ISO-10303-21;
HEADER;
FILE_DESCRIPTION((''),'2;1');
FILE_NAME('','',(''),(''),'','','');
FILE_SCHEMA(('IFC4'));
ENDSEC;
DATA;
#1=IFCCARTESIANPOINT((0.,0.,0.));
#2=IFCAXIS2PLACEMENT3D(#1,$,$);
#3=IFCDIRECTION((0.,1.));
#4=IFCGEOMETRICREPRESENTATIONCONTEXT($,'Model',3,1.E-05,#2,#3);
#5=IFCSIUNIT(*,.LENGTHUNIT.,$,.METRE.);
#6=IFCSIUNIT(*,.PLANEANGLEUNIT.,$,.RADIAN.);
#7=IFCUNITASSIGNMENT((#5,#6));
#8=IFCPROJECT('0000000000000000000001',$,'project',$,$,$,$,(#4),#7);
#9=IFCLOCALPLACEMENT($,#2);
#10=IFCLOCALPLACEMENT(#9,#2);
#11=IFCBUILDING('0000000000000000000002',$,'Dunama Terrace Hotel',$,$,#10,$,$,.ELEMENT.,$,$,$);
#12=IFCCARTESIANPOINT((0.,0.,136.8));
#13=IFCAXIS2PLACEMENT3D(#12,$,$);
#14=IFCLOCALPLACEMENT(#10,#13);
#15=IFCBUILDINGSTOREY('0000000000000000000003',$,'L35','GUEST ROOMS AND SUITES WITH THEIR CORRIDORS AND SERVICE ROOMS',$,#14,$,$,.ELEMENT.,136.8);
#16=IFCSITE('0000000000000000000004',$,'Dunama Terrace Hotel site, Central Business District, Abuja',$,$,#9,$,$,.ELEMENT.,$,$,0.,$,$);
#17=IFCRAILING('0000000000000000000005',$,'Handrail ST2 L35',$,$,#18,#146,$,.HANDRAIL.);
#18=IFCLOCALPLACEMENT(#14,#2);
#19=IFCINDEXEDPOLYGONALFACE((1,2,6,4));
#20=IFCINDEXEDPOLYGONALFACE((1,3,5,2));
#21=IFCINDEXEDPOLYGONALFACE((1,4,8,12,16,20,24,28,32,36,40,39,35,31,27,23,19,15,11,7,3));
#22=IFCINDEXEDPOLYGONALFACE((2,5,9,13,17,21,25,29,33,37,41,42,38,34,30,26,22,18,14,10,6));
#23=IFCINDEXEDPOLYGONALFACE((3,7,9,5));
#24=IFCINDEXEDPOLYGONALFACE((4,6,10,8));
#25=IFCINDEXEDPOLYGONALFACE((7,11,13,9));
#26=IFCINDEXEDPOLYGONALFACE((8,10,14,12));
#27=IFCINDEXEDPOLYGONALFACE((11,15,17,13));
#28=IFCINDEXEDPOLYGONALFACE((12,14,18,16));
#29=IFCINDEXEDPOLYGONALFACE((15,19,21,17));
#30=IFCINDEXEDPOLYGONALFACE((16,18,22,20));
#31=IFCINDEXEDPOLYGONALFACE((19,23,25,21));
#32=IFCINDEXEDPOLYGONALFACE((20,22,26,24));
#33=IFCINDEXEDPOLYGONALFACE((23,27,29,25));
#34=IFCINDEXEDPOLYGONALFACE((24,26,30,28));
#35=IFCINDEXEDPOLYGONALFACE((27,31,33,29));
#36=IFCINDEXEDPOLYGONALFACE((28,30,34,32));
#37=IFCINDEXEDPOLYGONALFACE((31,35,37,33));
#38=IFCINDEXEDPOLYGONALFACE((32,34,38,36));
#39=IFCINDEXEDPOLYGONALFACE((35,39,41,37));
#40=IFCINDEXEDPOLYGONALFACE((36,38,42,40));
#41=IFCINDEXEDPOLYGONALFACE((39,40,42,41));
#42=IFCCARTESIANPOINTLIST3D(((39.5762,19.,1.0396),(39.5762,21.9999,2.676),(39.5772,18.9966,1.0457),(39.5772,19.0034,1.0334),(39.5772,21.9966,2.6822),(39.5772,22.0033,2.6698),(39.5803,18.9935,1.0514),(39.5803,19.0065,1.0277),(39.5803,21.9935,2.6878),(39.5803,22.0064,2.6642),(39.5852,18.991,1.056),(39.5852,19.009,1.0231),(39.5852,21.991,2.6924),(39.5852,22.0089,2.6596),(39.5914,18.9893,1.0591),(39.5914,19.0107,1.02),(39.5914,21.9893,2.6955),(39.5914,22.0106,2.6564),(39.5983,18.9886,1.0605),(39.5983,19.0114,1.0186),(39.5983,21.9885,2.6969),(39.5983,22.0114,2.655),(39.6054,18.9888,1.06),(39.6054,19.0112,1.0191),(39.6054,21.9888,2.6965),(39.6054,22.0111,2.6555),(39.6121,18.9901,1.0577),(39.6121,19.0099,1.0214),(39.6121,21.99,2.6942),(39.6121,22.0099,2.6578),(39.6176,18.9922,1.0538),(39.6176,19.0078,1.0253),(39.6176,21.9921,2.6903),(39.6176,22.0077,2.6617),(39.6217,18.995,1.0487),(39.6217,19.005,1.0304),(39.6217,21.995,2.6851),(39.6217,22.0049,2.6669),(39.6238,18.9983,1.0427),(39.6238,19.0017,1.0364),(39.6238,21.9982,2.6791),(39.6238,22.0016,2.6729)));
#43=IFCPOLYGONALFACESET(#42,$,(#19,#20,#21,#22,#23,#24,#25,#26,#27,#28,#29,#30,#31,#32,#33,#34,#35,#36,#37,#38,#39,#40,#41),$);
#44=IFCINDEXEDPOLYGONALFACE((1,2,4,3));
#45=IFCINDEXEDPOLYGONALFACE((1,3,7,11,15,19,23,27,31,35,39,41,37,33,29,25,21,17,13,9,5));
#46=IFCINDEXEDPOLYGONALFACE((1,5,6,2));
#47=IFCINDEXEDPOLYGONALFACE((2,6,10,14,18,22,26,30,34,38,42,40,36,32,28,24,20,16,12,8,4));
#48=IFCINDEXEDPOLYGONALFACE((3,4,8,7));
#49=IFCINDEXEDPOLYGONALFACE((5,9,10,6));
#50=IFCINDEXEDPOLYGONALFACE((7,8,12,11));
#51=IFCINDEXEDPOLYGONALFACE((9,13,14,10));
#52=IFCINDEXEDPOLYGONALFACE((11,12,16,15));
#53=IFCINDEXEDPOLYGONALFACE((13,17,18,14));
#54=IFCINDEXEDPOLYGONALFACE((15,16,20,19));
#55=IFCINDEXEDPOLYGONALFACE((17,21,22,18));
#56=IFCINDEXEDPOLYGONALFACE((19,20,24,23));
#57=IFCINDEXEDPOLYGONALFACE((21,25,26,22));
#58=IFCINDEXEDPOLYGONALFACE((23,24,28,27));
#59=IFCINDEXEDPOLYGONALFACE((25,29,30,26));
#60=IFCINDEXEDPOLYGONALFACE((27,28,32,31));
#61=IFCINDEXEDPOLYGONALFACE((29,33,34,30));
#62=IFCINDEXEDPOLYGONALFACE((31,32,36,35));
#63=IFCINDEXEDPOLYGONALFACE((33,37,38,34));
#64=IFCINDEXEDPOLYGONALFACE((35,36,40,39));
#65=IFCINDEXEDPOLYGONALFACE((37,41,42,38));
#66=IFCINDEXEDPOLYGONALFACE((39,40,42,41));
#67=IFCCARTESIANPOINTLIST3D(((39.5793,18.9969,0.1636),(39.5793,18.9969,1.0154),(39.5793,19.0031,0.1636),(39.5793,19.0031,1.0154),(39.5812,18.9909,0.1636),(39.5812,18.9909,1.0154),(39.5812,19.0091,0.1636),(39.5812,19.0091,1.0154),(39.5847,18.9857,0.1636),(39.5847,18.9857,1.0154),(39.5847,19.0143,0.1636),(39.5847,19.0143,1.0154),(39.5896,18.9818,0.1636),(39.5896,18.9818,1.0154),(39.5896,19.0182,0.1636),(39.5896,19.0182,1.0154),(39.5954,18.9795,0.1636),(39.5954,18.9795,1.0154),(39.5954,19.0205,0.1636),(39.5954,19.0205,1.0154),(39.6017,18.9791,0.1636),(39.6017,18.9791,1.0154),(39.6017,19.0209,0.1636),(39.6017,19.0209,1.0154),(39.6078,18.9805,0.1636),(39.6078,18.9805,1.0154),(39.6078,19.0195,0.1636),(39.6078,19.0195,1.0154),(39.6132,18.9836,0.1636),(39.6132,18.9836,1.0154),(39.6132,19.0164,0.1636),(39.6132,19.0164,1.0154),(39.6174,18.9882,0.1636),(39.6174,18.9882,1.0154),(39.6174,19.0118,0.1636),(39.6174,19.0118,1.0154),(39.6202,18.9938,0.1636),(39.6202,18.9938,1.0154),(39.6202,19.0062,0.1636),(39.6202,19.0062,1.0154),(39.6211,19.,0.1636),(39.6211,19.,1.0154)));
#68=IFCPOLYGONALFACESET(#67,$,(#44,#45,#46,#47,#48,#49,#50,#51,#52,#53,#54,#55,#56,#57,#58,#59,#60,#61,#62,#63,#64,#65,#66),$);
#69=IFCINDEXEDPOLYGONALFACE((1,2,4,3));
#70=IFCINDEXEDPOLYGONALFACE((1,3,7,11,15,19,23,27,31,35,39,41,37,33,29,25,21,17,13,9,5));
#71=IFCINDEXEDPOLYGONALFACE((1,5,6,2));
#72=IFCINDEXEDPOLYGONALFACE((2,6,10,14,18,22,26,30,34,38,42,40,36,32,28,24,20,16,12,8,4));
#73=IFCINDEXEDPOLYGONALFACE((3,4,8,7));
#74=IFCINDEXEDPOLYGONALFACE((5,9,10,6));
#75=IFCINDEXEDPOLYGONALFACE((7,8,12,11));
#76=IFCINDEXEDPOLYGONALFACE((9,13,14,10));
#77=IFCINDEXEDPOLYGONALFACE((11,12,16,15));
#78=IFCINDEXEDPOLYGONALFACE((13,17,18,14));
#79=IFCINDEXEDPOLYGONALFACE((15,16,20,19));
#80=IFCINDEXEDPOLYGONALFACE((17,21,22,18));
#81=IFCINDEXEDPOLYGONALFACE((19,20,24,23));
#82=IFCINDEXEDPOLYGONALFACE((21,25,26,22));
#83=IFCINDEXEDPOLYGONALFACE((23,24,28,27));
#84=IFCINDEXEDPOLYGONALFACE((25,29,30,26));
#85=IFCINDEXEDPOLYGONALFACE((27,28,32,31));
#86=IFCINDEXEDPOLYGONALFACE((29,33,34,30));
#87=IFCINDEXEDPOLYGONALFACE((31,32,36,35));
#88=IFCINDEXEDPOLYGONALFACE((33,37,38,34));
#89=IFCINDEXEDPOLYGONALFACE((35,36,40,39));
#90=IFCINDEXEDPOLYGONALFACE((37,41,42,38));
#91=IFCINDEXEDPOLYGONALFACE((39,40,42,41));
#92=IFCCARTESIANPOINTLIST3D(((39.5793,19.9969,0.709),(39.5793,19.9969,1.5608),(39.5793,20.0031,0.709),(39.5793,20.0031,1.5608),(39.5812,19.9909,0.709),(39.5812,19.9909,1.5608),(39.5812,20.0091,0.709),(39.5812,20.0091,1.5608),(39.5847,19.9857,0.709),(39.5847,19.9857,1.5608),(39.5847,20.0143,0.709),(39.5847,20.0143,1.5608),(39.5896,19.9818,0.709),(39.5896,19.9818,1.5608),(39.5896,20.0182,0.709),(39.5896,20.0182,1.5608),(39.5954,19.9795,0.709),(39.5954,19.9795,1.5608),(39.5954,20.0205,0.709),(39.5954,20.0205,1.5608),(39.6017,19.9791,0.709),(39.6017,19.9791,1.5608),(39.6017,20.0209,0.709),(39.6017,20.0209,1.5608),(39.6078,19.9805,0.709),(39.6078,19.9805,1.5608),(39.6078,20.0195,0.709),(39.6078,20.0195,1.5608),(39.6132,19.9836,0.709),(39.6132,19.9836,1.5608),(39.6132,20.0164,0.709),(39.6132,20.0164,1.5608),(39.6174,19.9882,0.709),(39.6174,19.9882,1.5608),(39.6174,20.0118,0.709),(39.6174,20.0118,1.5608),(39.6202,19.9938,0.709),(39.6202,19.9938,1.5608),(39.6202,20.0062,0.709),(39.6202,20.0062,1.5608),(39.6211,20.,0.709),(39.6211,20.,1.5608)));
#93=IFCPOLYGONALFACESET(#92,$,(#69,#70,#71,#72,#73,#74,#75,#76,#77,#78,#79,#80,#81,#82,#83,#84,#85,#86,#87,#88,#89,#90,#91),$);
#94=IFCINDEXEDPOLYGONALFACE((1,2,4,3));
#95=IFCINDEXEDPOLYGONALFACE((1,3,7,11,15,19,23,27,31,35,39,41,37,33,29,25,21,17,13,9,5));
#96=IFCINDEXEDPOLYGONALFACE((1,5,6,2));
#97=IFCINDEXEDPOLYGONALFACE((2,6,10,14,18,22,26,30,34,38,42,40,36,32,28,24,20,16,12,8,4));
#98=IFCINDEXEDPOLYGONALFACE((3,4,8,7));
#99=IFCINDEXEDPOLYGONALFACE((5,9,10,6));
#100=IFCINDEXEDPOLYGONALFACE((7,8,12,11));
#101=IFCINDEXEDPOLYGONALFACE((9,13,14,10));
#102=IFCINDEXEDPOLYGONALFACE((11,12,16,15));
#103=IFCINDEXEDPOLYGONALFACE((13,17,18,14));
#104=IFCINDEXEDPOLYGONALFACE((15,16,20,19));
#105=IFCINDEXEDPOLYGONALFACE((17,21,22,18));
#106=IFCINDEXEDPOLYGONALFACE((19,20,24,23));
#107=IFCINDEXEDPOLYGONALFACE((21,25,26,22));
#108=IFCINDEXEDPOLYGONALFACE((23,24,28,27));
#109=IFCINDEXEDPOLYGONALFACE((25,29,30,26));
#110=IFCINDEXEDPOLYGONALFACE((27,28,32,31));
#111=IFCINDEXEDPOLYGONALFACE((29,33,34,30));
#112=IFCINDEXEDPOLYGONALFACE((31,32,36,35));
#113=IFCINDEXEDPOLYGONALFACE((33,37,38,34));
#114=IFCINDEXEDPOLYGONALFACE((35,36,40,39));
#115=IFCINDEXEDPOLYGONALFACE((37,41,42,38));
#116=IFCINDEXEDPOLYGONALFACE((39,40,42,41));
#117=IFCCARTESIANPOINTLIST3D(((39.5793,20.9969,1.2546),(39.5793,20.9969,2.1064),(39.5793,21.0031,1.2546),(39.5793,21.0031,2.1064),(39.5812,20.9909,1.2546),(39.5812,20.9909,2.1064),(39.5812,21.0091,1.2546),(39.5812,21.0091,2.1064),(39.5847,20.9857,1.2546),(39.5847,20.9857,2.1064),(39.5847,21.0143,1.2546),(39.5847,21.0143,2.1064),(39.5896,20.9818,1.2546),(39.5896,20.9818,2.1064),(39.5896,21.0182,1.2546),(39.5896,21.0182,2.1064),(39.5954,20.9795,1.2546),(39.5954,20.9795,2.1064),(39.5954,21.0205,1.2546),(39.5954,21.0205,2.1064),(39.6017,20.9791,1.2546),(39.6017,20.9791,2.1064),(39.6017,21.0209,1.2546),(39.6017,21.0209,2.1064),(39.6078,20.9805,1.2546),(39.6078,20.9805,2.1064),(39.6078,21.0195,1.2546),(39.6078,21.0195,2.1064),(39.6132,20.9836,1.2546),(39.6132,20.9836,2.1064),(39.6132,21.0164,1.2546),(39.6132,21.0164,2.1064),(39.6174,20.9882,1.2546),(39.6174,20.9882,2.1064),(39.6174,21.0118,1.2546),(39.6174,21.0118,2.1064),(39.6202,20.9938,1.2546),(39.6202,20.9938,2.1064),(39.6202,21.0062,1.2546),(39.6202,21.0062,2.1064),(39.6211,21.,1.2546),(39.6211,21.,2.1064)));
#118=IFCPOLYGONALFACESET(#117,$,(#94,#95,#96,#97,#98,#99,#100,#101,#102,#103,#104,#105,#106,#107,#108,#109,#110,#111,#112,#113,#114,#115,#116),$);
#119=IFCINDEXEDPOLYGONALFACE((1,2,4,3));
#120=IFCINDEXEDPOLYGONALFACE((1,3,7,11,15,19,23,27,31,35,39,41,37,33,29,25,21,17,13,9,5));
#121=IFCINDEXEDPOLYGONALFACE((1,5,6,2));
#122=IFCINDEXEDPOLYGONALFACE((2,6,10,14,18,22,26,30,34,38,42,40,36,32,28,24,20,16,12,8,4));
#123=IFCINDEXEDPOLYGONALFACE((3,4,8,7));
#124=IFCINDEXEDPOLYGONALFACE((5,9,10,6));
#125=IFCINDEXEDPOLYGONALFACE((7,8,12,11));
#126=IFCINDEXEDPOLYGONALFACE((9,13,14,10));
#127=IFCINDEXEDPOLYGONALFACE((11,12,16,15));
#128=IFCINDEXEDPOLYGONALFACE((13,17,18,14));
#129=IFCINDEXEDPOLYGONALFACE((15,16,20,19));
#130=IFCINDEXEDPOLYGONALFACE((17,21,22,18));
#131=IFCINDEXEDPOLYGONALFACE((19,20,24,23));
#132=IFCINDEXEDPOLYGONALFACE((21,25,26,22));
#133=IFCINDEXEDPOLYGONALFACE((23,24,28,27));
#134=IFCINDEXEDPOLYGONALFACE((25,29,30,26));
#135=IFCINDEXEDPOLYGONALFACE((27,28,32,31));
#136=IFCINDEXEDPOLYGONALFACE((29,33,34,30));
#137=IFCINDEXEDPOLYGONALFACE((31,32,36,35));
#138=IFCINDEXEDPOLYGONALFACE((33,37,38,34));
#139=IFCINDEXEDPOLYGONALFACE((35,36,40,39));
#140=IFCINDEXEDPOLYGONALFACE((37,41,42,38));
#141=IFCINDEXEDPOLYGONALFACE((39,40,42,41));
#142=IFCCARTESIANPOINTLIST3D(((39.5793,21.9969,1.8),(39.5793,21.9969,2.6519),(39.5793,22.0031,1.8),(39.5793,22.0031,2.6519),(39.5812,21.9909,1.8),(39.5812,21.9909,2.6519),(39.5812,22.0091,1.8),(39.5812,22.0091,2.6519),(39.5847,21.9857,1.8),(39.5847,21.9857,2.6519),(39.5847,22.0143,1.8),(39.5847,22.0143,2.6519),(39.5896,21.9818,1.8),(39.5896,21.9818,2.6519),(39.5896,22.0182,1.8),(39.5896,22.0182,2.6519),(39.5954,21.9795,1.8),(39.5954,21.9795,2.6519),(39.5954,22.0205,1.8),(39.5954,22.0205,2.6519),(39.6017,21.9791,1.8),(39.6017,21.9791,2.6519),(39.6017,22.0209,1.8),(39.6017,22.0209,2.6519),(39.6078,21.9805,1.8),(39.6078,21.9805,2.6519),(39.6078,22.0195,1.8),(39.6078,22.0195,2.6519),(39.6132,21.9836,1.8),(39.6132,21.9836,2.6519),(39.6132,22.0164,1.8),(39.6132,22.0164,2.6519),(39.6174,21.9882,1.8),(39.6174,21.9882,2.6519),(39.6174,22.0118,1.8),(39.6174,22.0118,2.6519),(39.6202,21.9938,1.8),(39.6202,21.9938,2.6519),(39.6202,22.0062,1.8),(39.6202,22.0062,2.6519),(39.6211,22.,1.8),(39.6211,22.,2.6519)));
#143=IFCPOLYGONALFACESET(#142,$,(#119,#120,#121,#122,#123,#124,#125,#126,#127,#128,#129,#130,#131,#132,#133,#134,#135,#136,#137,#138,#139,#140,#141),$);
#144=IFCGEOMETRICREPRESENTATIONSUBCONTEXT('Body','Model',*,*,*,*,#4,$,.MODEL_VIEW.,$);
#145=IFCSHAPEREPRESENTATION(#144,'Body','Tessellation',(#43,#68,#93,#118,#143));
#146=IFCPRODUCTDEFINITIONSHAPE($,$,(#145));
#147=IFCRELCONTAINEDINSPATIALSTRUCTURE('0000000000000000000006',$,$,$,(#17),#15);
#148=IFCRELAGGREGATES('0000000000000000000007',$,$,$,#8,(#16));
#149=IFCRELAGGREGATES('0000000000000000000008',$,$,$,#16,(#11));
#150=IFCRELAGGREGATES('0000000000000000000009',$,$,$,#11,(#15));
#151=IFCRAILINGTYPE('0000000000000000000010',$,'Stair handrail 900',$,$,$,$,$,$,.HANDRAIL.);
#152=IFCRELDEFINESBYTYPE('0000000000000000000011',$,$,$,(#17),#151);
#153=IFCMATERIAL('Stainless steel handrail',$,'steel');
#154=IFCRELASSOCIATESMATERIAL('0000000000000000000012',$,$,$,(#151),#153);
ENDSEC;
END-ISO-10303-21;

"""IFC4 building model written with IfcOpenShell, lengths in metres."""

from ifc_helpers import new_model, si_unit, direction, frame, origin, origin_2d, place, context, subcontext, project, spatial, circle, extrude, material, type_object, element, save


model = new_model("IFC4")

# Units and contexts
model_context = context("Model", 3, precision=1e-05, world=origin(), true_north=direction((0.0, 1.0)))
body_context = subcontext(model_context, "Body", "Model", "MODEL_VIEW")
ifc_project = project(units=[si_unit("LENGTHUNIT", "METRE"), si_unit("PLANEANGLEUNIT", "RADIAN")], contexts=[model_context])

# Site, building, storey
site_placement = place(None, origin())
site = spatial("IfcSite", under=ifc_project, at=site_placement, Name="Dunama Terrace Hotel site, Central Business District, Abuja", CompositionType="ELEMENT", RefElevation=0.0)
building_placement = place(site_placement, origin())
building = spatial("IfcBuilding", under=site, at=building_placement, Name="Dunama Terrace Hotel", CompositionType="ELEMENT")
storey_placement = place(building_placement, frame((0.0, 0.0, 136.8)))
storey = spatial("IfcBuildingStorey", under=building, at=storey_placement, Name="L35", Description="GUEST ROOMS AND SUITES WITH THEIR CORRIDORS AND SERVICE ROOMS", CompositionType="ELEMENT", Elevation=136.8)

# Railing
ifc_material_1 = material(Name="Stainless steel handrail", Category="steel")
railing_type = type_object("IfcRailingType", Name="Stair handrail 900", PredefinedType="HANDRAIL", material=ifc_material_1)
railing_1_placement = place(storey_placement, frame((39.6001, 19.0, 0.1636)))
element("IfcRailing", 1, at=railing_1_placement, inside=storey, type_object=railing_type, Name="Handrail ST2 L35", PredefinedType="HANDRAIL", context=body_context, shape_type="SweptSolid", body=[
    extrude(circle(Radius=0.0239, at=origin_2d()), frame((0.0, 0.0, 0.876), z_axis=(0.0, 0.877882, 0.478877), x_axis=(-1.0, 0.0, 0.0)), (0.0, 0.0, 1.0), 3.4172),
    extrude(circle(Radius=0.021, at=origin_2d()), origin(), (0.0, 0.0, 1.0), 0.8518),
    extrude(circle(Radius=0.021, at=origin_2d()), frame((0.0, 1.0, 0.5454)), (0.0, 0.0, 1.0), 0.8518),
    extrude(circle(Radius=0.021, at=origin_2d()), frame((0.0, 2.0, 1.0911)), (0.0, 0.0, 1.0), 0.8518),
    extrude(circle(Radius=0.021, at=origin_2d()), frame((0.0, 3.0, 1.6365)), (0.0, 0.0, 1.0), 0.8518),
])

save(model, "model.ifc")
